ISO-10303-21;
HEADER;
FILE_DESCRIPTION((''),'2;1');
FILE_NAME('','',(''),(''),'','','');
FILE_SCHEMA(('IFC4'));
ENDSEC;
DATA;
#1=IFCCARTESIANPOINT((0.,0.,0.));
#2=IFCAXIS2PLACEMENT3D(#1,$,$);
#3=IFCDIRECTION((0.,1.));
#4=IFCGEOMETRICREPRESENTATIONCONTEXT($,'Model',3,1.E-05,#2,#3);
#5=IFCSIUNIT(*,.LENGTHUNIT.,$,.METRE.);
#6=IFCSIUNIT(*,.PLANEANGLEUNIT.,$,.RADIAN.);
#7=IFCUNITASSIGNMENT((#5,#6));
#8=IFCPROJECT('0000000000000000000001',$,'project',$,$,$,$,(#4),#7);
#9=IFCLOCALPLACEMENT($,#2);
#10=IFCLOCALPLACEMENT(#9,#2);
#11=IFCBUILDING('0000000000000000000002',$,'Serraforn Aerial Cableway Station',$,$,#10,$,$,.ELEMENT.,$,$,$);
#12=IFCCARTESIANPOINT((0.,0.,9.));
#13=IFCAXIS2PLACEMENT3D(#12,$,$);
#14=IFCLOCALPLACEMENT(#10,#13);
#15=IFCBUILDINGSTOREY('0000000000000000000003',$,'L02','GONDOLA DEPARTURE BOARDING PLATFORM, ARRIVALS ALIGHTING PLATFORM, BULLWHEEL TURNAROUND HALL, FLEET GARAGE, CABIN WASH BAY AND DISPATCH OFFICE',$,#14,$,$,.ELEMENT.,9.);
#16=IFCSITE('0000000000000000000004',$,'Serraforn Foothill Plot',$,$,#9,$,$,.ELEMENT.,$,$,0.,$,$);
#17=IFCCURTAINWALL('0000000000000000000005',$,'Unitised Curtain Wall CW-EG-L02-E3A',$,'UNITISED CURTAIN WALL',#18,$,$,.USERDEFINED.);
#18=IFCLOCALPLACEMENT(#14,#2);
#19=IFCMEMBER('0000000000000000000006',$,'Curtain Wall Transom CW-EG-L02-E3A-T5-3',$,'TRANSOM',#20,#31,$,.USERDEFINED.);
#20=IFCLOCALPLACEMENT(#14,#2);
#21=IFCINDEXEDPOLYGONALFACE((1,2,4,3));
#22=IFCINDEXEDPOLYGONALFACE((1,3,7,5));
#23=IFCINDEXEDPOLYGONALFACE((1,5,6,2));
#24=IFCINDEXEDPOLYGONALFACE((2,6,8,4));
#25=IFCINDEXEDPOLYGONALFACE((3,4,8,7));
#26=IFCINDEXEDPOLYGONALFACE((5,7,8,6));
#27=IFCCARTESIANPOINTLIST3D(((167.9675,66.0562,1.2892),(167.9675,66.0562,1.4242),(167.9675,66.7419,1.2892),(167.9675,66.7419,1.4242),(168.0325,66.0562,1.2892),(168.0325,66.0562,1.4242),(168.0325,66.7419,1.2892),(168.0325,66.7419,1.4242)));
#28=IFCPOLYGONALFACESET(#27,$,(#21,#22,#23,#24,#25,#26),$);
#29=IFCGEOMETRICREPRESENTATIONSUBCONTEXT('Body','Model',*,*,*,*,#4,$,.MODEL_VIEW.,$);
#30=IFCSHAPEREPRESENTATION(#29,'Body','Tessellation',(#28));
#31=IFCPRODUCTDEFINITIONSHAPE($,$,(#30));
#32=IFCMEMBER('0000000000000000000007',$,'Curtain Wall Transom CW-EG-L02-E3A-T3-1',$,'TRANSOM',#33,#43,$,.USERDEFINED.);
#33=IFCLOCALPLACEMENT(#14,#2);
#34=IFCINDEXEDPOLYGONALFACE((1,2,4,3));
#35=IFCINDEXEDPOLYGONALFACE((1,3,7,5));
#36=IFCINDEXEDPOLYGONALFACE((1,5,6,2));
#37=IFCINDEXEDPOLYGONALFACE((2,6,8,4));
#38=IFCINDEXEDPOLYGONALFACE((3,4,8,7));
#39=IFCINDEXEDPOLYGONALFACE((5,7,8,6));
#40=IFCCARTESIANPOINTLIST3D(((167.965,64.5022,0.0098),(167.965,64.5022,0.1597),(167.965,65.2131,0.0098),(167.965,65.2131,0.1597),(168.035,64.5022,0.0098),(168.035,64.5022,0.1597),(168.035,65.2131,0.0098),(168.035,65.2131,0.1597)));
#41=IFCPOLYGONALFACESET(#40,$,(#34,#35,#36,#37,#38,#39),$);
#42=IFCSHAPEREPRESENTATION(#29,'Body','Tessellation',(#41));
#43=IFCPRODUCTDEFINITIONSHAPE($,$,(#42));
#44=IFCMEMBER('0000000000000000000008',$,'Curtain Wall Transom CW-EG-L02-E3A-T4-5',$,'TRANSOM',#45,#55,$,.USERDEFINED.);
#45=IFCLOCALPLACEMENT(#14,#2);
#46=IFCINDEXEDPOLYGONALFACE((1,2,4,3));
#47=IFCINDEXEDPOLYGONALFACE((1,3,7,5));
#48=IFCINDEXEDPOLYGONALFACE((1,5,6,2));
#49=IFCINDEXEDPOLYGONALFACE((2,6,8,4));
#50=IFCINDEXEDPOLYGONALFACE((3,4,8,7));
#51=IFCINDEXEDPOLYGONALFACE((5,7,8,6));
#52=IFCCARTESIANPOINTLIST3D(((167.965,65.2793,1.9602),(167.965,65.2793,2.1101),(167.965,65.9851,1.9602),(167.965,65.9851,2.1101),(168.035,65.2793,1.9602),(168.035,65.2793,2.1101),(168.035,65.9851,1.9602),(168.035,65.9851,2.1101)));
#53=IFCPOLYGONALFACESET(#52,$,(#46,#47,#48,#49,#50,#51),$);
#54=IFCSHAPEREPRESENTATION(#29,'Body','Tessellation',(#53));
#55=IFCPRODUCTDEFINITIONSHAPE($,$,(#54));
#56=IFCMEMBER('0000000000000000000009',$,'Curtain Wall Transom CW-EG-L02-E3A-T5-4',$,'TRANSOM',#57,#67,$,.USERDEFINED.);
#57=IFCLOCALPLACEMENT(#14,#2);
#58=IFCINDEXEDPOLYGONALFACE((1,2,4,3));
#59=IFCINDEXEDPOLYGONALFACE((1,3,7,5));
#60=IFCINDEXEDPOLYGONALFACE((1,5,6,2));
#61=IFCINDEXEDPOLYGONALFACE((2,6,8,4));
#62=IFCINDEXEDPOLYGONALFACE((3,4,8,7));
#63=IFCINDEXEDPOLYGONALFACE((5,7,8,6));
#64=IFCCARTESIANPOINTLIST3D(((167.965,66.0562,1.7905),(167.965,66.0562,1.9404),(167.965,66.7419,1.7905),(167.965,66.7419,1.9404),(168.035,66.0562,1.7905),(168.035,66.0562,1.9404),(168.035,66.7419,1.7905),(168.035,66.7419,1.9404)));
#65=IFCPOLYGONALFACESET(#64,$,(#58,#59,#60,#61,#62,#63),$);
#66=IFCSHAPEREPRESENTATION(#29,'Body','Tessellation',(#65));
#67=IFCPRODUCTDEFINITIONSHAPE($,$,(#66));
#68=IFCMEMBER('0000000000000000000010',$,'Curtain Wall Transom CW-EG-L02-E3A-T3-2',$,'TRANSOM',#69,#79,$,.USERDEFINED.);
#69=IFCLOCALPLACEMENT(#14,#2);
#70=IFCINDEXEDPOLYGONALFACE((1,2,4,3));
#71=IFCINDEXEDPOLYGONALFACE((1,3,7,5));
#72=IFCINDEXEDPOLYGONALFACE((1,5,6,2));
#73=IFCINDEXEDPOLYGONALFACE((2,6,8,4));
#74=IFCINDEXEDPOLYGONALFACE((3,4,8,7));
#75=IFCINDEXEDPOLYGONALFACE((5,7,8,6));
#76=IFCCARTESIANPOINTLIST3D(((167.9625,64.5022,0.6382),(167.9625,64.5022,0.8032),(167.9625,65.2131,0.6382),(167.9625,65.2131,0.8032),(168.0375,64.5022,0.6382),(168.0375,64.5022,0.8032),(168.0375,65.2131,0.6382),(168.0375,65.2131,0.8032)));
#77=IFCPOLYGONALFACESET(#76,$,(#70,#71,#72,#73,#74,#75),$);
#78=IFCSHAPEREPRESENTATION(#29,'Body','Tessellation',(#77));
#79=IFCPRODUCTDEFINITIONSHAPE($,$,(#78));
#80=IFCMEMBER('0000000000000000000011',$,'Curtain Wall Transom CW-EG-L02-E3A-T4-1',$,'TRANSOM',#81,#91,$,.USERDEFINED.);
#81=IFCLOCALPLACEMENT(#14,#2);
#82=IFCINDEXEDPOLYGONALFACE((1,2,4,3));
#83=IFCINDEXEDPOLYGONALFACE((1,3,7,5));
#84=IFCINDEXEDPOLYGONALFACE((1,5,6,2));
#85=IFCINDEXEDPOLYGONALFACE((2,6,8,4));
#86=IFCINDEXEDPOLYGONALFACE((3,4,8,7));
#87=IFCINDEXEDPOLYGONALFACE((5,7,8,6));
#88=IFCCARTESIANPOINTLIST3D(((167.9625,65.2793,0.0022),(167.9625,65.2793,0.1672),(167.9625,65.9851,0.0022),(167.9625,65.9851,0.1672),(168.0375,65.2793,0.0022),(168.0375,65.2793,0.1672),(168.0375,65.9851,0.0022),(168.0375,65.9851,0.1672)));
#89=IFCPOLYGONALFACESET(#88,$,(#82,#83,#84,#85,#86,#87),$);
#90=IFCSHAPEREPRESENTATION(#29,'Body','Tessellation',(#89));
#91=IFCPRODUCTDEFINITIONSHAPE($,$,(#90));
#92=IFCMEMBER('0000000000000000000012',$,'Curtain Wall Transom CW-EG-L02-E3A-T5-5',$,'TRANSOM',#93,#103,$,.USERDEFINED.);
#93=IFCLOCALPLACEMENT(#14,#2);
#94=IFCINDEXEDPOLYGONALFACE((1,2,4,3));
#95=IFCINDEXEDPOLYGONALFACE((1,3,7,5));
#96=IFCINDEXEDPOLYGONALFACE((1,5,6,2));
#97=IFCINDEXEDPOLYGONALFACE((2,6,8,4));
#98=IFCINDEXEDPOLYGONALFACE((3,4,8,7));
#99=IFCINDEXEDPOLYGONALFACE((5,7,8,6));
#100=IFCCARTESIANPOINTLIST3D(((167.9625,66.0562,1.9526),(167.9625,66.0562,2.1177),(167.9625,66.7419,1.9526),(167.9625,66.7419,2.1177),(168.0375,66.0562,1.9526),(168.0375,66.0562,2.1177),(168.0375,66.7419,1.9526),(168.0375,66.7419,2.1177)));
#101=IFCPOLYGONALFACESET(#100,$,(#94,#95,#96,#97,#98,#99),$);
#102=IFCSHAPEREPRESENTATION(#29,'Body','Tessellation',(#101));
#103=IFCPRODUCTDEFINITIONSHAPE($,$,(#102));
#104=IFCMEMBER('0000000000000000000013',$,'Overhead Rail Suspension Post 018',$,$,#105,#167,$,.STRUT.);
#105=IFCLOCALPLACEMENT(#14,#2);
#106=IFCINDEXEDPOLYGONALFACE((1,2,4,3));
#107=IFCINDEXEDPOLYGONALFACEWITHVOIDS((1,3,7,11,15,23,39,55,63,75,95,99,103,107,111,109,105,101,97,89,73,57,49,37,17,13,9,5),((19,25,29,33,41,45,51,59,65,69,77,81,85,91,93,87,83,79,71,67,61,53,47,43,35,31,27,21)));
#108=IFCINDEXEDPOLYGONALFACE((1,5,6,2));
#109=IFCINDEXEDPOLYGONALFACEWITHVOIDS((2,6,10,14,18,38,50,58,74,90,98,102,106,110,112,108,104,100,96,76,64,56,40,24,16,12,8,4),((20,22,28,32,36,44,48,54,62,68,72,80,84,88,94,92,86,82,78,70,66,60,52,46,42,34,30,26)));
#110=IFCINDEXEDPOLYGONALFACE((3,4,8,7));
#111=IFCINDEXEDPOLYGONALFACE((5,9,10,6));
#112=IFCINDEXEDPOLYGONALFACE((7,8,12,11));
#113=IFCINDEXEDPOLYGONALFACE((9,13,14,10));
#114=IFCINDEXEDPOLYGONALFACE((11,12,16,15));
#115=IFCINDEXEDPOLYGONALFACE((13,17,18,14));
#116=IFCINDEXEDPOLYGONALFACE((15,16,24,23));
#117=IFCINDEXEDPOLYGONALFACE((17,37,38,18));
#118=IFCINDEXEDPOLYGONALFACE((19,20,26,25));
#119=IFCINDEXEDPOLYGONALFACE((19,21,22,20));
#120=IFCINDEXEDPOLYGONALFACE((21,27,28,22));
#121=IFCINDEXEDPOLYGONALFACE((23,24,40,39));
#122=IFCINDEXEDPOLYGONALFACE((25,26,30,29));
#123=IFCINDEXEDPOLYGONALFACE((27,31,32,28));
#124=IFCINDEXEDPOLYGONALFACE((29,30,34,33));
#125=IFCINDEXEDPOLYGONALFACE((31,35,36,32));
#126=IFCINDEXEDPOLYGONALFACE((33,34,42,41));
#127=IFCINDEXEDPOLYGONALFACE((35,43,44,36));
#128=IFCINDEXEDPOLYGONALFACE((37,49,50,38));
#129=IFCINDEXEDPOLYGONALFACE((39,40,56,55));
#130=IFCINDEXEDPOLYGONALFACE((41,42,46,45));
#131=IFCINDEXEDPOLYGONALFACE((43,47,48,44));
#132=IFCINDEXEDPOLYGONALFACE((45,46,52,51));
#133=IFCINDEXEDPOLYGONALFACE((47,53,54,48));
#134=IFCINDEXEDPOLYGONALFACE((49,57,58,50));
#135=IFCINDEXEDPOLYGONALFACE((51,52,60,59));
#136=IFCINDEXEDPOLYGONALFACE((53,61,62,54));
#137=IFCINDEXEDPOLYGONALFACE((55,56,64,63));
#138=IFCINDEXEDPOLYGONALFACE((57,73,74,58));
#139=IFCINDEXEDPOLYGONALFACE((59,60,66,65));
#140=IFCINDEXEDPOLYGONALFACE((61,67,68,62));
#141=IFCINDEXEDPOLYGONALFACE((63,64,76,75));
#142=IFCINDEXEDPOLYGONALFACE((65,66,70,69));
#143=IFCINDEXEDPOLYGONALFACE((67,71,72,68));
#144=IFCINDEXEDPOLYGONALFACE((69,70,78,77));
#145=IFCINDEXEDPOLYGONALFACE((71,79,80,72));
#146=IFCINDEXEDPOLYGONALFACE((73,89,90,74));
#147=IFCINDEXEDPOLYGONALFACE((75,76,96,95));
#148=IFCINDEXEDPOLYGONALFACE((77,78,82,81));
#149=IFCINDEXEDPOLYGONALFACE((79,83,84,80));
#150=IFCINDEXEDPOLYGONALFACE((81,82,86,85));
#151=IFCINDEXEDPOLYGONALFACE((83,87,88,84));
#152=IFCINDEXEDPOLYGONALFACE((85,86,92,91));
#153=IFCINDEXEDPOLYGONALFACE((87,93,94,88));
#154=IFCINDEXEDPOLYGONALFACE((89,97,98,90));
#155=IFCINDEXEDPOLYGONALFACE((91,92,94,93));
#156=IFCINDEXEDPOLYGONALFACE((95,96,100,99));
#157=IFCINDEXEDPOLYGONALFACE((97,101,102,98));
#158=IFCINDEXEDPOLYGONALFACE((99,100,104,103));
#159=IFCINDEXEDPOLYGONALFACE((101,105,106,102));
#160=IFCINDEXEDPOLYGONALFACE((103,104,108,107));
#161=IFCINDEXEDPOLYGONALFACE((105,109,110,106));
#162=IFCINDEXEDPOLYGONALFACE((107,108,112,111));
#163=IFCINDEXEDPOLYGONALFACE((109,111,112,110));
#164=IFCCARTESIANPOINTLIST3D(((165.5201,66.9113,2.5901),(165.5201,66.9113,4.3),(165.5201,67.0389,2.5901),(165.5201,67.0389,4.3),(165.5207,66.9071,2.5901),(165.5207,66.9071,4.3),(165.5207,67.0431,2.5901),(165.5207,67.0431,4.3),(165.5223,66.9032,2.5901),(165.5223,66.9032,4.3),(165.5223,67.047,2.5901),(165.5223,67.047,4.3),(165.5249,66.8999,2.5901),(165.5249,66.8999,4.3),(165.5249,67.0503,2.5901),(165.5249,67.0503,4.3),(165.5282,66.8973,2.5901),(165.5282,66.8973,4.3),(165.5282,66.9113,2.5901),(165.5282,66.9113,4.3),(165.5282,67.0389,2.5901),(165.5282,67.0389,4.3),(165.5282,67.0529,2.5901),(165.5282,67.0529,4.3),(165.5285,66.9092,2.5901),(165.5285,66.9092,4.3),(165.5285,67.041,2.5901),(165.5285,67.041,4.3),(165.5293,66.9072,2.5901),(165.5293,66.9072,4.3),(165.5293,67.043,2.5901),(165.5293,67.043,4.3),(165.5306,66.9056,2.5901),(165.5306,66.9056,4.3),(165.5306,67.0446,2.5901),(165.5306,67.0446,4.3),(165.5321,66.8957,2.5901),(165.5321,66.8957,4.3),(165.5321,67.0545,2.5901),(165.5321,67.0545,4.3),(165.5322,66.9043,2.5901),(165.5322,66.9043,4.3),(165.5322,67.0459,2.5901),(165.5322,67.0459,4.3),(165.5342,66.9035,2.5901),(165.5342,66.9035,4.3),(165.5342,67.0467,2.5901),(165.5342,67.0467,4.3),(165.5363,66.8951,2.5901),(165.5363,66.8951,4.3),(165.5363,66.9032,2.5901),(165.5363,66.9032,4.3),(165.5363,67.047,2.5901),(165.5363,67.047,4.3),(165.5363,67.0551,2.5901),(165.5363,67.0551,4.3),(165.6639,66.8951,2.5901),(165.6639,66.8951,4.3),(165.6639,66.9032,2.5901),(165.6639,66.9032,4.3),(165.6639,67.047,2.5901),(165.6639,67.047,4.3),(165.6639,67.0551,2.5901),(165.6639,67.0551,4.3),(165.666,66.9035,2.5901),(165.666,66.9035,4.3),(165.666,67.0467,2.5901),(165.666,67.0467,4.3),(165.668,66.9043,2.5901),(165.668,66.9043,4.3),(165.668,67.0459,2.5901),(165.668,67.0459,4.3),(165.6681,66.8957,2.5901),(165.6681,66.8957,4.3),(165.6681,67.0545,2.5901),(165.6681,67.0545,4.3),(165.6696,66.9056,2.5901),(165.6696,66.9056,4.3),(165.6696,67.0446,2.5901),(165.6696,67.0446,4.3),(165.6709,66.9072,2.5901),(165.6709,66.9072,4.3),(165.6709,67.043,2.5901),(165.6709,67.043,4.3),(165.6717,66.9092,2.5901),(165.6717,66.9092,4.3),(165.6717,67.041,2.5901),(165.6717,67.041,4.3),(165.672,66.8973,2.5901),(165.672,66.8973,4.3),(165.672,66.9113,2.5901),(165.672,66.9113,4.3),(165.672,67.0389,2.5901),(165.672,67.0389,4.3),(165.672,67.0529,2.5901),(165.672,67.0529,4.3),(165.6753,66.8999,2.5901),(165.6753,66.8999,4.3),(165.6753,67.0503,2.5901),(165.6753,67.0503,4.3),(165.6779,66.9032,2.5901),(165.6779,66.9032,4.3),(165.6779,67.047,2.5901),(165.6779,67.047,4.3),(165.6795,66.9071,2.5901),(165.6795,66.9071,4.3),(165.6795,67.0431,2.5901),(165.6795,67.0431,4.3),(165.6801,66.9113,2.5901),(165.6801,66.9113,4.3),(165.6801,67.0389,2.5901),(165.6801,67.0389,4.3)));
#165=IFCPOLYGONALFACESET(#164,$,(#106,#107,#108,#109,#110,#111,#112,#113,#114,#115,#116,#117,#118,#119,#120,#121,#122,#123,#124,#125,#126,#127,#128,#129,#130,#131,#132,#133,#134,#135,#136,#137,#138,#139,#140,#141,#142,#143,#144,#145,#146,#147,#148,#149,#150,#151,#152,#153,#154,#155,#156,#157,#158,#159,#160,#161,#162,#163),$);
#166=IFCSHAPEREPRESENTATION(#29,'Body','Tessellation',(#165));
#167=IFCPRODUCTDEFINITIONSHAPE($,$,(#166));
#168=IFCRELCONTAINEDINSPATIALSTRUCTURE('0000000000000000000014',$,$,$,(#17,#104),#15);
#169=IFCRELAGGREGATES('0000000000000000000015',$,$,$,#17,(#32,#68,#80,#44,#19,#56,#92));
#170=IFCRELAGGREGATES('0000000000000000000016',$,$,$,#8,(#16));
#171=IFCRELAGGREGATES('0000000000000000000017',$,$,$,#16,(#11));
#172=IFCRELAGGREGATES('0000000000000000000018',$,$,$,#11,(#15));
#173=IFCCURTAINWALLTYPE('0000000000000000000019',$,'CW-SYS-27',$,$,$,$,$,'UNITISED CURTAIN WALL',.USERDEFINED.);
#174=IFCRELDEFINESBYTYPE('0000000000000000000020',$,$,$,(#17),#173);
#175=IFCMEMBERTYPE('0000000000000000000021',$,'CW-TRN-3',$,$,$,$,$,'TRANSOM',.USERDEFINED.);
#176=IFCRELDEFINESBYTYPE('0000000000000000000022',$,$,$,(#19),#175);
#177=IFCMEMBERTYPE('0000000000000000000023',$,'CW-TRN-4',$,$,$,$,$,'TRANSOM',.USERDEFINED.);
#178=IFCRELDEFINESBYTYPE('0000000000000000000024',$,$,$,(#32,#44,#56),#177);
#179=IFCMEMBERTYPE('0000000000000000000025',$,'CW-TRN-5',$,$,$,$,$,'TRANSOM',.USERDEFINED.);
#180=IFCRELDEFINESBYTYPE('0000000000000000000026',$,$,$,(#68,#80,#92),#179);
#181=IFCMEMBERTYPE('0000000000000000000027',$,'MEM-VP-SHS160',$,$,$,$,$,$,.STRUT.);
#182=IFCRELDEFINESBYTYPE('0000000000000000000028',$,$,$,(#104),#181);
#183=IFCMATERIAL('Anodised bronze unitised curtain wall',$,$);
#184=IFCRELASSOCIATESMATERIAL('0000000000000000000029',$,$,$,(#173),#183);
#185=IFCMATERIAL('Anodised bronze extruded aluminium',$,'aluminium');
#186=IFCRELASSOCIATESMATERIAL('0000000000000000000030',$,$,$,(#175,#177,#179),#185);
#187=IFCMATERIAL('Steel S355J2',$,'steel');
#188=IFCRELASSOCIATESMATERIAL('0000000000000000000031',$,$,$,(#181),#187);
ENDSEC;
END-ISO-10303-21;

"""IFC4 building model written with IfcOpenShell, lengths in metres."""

from ifc_helpers import new_model, si_unit, direction, frame, origin, origin_2d, place, context, subcontext, project, spatial, rectangle, hollow_rectangle, extrude, material, material_profile, profile_set, type_object, element, aggregate, save


model = new_model("IFC4")

# Units and contexts
model_context = context("Model", 3, precision=1e-05, world=origin(), true_north=direction((0.0, 1.0)))
body_context = subcontext(model_context, "Body", "Model", "MODEL_VIEW")
ifc_project = project(units=[si_unit("LENGTHUNIT", "METRE"), si_unit("PLANEANGLEUNIT", "RADIAN")], contexts=[model_context])

# Site, building, storey
site_placement = place(None, origin())
site = spatial("IfcSite", under=ifc_project, at=site_placement, Name="Serraforn Foothill Plot", CompositionType="ELEMENT", RefElevation=0.0)
building_placement = place(site_placement, origin())
building = spatial("IfcBuilding", under=site, at=building_placement, Name="Serraforn Aerial Cableway Station", CompositionType="ELEMENT")
storey_placement = place(building_placement, frame((0.0, 0.0, 9.0)))
storey = spatial("IfcBuildingStorey", under=building, at=storey_placement, Name="L02", Description="GONDOLA DEPARTURE BOARDING PLATFORM, ARRIVALS ALIGHTING PLATFORM, BULLWHEEL TURNAROUND HALL, FLEET GARAGE, CABIN WASH BAY AND DISPATCH OFFICE", CompositionType="ELEMENT", Elevation=9.0)

# Curtain wall, members
ifc_material_1 = material(Name="Anodised bronze unitised curtain wall")
curtain_wall_type = type_object("IfcCurtainWallType", Name="CW-SYS-27", ElementType="UNITISED CURTAIN WALL", PredefinedType="USERDEFINED", material=ifc_material_1)
curtain_wall_placement = place(storey_placement, origin())
curtain_wall = element("IfcCurtainWall", 1, at=curtain_wall_placement, inside=storey, type_object=curtain_wall_type, Name="Unitised Curtain Wall CW-EG-L02-E3A", ObjectType="UNITISED CURTAIN WALL", PredefinedType="USERDEFINED")
ifc_material_2 = material(Name="Anodised bronze extruded aluminium", Category="aluminium")
ifc_material_profile_1 = material_profile(ifc_material_2, rectangle(XDim=0.0649, YDim=0.135, at=origin_2d()), Name="CW TRANSOM 65x135")
ifc_profile_set_1 = profile_set([ifc_material_profile_1], Name="Anodised bronze extruded aluminium")
member_type_1 = type_object("IfcMemberType", Name="CW-TRN-3", ElementType="TRANSOM", PredefinedType="USERDEFINED", material=ifc_profile_set_1)
member_1_placement = place(storey_placement, frame((168.0, 66.0562, 1.3567), z_axis=(0.0, 1.0, 0.0), x_axis=(-1.0, 0.0, 0.0)))
member_1 = element("IfcMember", 2, at=member_1_placement, type_object=member_type_1, Name="Curtain Wall Transom CW-EG-L02-E3A-T5-3", ObjectType="TRANSOM", PredefinedType="USERDEFINED", context=body_context, shape_type="SweptSolid", body=[
    extrude(rectangle(XDim=0.0649, YDim=0.135, at=origin_2d()), origin(), (0.0, 0.0, 1.0), 0.6858),
])
ifc_material_profile_2 = material_profile(ifc_material_2, rectangle(XDim=0.0701, YDim=0.1499, at=origin_2d()), Name="CW TRANSOM 70x150")
ifc_profile_set_2 = profile_set([ifc_material_profile_2], Name="Anodised bronze extruded aluminium")
member_type_2 = type_object("IfcMemberType", Name="CW-TRN-4", ElementType="TRANSOM", PredefinedType="USERDEFINED", material=ifc_profile_set_2)
member_2_placement = place(storey_placement, frame((168.0, 64.5022, 0.0847), z_axis=(0.0, 1.0, 0.0), x_axis=(-1.0, 0.0, 0.0)))
member_2 = element("IfcMember", 3, at=member_2_placement, type_object=member_type_2, Name="Curtain Wall Transom CW-EG-L02-E3A-T3-1", ObjectType="TRANSOM", PredefinedType="USERDEFINED", context=body_context, shape_type="SweptSolid", body=[
    extrude(rectangle(XDim=0.0701, YDim=0.1499, at=origin_2d()), origin(), (0.0, 0.0, 1.0), 0.7109),
])
member_3_placement = place(storey_placement, frame((168.0, 65.2793, 2.0352), z_axis=(0.0, 1.0, 0.0), x_axis=(-1.0, 0.0, 0.0)))
member_3 = element("IfcMember", 4, at=member_3_placement, type_object=member_type_2, Name="Curtain Wall Transom CW-EG-L02-E3A-T4-5", ObjectType="TRANSOM", PredefinedType="USERDEFINED", context=body_context, shape_type="SweptSolid", body=[
    extrude(rectangle(XDim=0.0701, YDim=0.1499, at=origin_2d()), origin(), (0.0, 0.0, 1.0), 0.7058),
])
member_4_placement = place(storey_placement, frame((168.0, 66.0562, 1.8655), z_axis=(0.0, 1.0, 0.0), x_axis=(-1.0, 0.0, 0.0)))
member_4 = element("IfcMember", 5, at=member_4_placement, type_object=member_type_2, Name="Curtain Wall Transom CW-EG-L02-E3A-T5-4", ObjectType="TRANSOM", PredefinedType="USERDEFINED", context=body_context, shape_type="SweptSolid", body=[
    extrude(rectangle(XDim=0.0701, YDim=0.1499, at=origin_2d()), origin(), (0.0, 0.0, 1.0), 0.6858),
])
ifc_material_profile_3 = material_profile(ifc_material_2, rectangle(XDim=0.075, YDim=0.165, at=origin_2d()), Name="CW TRANSOM 75x165")
ifc_profile_set_3 = profile_set([ifc_material_profile_3], Name="Anodised bronze extruded aluminium")
member_type_3 = type_object("IfcMemberType", Name="CW-TRN-5", ElementType="TRANSOM", PredefinedType="USERDEFINED", material=ifc_profile_set_3)
member_5_placement = place(storey_placement, frame((168.0, 64.5022, 0.7207), z_axis=(0.0, 1.0, 0.0), x_axis=(-1.0, 0.0, 0.0)))
member_5 = element("IfcMember", 6, at=member_5_placement, type_object=member_type_3, Name="Curtain Wall Transom CW-EG-L02-E3A-T3-2", ObjectType="TRANSOM", PredefinedType="USERDEFINED", context=body_context, shape_type="SweptSolid", body=[
    extrude(rectangle(XDim=0.075, YDim=0.165, at=origin_2d()), origin(), (0.0, 0.0, 1.0), 0.7109),
])
member_6_placement = place(storey_placement, frame((168.0, 65.2793, 0.0847), z_axis=(0.0, 1.0, 0.0), x_axis=(-1.0, 0.0, 0.0)))
member_6 = element("IfcMember", 7, at=member_6_placement, type_object=member_type_3, Name="Curtain Wall Transom CW-EG-L02-E3A-T4-1", ObjectType="TRANSOM", PredefinedType="USERDEFINED", context=body_context, shape_type="SweptSolid", body=[
    extrude(rectangle(XDim=0.075, YDim=0.165, at=origin_2d()), origin(), (0.0, 0.0, 1.0), 0.7058),
])
member_7_placement = place(storey_placement, frame((168.0, 66.0562, 2.0352), z_axis=(0.0, 1.0, 0.0), x_axis=(-1.0, 0.0, 0.0)))
member_7 = element("IfcMember", 8, at=member_7_placement, type_object=member_type_3, Name="Curtain Wall Transom CW-EG-L02-E3A-T5-5", ObjectType="TRANSOM", PredefinedType="USERDEFINED", context=body_context, shape_type="SweptSolid", body=[
    extrude(rectangle(XDim=0.075, YDim=0.165, at=origin_2d()), origin(), (0.0, 0.0, 1.0), 0.6858),
])

# Member
ifc_material_3 = material(Name="Steel S355J2", Category="steel")
ifc_material_profile_4 = material_profile(ifc_material_3, hollow_rectangle(XDim=0.1599, YDim=0.1599, WallThickness=0.0081, InnerFilletRadius=0.0081, OuterFilletRadius=0.0161, at=origin_2d()), Name="SHS 160x160x8.0")
ifc_profile_set_4 = profile_set([ifc_material_profile_4], Name="Steel S355J2")
member_type_4 = type_object("IfcMemberType", Name="MEM-VP-SHS160", PredefinedType="STRUT", material=ifc_profile_set_4)
for number, where, z_axis, x_axis, name in (
    (9, (165.6001, 66.9751, 2.5901), (0.0, 0.0, 1.0), (1.0, 0.0, 0.0), "Overhead Rail Suspension Post 018"),
):
    element("IfcMember", number, at=place(storey_placement, frame(where, z_axis=z_axis, x_axis=x_axis)), inside=storey, type_object=member_type_4, Name=name, PredefinedType="STRUT", context=body_context, shape_type="SweptSolid", body=[
        extrude(hollow_rectangle(XDim=0.1599, YDim=0.1599, WallThickness=0.0081, InnerFilletRadius=0.0081, OuterFilletRadius=0.0161, at=origin_2d()), origin(), (0.0, 0.0, 1.0), 1.71),
    ])

aggregate(curtain_wall, [member_2, member_5, member_6, member_3, member_1, member_4, member_7])

save(model, "model.ifc")
